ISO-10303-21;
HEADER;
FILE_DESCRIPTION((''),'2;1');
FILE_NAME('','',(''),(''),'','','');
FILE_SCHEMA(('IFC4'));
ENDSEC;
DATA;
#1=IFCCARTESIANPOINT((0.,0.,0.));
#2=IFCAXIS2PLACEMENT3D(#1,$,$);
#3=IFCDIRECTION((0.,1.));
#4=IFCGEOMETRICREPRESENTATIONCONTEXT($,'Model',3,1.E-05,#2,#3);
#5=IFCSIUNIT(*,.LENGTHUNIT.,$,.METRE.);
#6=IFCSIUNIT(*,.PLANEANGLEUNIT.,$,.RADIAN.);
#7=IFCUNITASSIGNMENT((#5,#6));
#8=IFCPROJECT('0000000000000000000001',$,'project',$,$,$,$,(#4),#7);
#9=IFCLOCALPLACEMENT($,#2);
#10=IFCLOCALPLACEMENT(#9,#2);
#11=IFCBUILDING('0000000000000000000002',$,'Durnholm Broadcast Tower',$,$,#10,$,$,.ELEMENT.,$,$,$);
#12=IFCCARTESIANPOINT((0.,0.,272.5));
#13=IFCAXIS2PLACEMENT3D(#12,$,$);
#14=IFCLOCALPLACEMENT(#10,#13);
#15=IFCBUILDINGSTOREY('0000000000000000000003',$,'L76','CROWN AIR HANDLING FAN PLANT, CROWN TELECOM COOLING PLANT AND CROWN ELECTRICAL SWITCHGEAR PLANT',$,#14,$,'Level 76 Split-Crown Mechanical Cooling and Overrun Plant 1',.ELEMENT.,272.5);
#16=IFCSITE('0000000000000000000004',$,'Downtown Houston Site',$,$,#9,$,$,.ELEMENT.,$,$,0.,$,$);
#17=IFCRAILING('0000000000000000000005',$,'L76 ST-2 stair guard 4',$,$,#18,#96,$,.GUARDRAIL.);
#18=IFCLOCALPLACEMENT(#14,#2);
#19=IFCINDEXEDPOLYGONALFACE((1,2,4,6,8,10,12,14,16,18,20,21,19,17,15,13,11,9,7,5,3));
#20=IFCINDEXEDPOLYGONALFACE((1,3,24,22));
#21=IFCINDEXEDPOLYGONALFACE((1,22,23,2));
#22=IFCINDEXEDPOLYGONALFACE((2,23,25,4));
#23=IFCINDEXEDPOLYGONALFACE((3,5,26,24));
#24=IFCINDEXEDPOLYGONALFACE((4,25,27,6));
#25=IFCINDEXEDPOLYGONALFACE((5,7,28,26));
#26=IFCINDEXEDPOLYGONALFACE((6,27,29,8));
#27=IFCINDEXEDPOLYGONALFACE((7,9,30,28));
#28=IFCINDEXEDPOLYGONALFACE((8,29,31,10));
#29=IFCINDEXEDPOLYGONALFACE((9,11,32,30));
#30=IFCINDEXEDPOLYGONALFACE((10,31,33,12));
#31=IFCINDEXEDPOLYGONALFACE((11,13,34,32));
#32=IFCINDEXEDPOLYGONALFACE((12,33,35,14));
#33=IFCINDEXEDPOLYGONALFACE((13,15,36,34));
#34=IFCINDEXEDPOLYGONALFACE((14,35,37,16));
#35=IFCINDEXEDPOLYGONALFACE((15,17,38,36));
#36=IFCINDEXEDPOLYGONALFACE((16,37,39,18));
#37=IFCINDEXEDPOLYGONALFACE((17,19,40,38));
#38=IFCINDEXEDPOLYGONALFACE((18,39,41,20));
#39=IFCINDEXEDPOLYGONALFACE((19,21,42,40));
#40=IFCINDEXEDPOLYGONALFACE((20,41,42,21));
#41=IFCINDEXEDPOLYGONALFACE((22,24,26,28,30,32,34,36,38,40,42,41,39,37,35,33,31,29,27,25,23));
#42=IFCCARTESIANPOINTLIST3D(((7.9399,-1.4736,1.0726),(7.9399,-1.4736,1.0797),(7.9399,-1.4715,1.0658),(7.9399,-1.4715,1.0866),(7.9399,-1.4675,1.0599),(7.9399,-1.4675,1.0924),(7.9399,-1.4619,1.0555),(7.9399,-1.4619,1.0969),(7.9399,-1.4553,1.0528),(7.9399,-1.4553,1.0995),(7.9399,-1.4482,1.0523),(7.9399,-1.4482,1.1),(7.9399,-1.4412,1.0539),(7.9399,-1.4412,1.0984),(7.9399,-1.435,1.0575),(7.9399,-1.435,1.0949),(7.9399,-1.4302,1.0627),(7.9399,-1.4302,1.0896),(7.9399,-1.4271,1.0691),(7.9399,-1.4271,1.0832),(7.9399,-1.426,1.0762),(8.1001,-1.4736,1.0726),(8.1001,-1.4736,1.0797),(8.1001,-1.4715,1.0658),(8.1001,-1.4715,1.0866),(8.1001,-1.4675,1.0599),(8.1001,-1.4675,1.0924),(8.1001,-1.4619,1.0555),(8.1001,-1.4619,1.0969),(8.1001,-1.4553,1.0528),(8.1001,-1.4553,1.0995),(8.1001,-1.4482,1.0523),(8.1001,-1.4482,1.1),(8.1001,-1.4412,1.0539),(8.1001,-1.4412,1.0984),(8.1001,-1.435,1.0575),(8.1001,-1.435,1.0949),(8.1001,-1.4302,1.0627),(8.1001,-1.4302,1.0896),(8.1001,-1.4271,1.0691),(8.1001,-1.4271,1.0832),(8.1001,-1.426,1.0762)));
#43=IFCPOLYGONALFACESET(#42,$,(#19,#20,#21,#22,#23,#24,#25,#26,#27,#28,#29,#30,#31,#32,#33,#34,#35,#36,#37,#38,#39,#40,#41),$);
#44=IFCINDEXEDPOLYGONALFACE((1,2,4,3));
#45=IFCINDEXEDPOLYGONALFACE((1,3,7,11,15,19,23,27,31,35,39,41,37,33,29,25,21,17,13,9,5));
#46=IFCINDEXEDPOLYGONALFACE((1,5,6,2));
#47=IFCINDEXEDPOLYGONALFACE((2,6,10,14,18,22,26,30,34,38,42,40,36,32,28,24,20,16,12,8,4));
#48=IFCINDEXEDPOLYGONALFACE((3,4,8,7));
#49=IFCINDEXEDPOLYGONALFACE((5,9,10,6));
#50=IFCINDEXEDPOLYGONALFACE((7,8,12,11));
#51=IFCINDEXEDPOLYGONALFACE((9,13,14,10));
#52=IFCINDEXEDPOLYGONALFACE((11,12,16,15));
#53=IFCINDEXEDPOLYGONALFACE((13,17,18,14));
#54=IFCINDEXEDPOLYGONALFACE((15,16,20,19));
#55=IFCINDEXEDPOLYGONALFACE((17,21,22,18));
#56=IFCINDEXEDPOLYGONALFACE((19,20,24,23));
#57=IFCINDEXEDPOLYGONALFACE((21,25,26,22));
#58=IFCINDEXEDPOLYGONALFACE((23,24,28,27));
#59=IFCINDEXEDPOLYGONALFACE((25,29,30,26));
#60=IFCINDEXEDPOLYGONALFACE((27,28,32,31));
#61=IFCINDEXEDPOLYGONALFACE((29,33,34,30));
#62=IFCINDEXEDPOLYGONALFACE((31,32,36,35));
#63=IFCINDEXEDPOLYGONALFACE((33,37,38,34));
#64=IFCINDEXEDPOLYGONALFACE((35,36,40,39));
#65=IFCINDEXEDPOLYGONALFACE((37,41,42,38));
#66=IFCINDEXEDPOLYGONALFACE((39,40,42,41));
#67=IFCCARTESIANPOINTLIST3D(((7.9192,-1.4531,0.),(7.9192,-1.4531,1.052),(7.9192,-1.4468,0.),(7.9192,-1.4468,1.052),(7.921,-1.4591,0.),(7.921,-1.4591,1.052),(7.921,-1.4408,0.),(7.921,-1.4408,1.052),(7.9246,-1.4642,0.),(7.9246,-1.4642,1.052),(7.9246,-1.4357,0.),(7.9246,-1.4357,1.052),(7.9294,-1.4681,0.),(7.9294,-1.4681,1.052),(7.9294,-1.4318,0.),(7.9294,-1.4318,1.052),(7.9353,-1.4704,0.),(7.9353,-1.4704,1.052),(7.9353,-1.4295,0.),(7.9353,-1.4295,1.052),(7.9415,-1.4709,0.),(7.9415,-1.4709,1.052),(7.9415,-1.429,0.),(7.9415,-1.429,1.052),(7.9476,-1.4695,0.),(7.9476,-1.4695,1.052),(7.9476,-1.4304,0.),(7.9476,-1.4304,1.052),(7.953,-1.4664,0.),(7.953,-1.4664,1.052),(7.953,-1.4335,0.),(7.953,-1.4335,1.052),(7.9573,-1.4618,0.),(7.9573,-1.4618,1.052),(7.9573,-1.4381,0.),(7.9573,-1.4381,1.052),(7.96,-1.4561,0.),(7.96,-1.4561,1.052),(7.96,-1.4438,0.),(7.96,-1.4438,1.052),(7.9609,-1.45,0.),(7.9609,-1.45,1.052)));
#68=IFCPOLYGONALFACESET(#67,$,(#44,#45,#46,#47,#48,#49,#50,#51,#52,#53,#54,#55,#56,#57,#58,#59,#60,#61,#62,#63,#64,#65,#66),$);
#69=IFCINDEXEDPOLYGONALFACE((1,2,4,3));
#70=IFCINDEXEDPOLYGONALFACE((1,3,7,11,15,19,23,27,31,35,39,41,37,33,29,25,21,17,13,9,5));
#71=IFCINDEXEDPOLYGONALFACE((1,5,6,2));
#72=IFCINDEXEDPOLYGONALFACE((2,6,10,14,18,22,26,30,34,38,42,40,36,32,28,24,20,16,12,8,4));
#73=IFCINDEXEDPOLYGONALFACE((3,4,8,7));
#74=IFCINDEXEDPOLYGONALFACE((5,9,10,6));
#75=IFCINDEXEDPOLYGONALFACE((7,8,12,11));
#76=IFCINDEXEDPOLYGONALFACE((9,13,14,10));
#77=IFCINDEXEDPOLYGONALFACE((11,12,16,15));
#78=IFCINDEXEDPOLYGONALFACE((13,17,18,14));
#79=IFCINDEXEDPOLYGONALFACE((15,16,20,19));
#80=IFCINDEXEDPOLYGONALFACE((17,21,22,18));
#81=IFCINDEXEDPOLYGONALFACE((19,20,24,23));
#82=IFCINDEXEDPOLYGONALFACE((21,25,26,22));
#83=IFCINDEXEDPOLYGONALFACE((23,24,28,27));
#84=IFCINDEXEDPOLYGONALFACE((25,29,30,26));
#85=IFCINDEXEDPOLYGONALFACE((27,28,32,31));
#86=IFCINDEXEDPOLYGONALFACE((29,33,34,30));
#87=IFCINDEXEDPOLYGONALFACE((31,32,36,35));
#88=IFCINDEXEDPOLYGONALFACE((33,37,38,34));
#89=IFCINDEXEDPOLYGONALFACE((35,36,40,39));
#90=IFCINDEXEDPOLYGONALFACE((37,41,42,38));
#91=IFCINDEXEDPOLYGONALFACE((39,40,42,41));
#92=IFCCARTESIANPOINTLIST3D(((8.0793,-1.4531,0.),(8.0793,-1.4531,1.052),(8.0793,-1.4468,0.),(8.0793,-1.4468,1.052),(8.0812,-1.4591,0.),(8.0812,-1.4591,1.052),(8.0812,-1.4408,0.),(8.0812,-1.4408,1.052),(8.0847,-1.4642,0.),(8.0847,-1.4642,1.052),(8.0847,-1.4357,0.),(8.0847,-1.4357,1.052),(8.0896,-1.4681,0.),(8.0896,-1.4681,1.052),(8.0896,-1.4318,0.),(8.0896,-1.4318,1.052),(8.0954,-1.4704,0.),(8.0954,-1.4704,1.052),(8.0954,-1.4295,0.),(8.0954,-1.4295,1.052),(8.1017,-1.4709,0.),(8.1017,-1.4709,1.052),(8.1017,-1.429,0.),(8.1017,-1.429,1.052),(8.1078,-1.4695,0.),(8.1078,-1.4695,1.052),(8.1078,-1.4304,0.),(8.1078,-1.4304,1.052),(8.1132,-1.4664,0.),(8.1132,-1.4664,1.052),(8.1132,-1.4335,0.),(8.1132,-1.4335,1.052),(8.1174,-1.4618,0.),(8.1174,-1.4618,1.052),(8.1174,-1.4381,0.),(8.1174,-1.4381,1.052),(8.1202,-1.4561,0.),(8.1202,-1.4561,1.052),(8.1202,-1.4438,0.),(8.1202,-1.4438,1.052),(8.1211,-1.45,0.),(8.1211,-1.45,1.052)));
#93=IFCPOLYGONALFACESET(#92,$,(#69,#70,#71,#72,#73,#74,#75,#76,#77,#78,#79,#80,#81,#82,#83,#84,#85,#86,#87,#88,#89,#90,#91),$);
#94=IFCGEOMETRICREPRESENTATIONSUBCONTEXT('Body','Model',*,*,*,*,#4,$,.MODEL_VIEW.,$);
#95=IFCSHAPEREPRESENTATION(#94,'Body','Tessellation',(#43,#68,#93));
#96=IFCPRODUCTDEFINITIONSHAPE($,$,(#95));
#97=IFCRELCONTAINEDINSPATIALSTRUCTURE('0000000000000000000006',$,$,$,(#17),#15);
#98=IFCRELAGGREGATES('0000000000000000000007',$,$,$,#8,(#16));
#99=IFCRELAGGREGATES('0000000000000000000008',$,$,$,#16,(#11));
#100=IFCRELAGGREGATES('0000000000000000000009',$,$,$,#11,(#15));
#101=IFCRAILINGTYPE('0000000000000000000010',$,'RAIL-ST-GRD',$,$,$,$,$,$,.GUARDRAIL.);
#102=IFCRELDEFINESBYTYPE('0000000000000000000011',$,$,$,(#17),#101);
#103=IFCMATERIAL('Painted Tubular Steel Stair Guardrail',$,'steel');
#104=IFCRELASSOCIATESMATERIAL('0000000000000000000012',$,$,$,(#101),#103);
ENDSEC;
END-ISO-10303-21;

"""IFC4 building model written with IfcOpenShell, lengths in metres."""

from ifc_helpers import new_model, si_unit, direction, frame, origin, origin_2d, place, context, subcontext, project, spatial, circle, extrude, material, type_object, element, save


model = new_model("IFC4")

# Units and contexts
model_context = context("Model", 3, precision=1e-05, world=origin(), true_north=direction((0.0, 1.0)))
body_context = subcontext(model_context, "Body", "Model", "MODEL_VIEW")
ifc_project = project(units=[si_unit("LENGTHUNIT", "METRE"), si_unit("PLANEANGLEUNIT", "RADIAN")], contexts=[model_context])

# Site, building, storey
site_placement = place(None, origin())
site = spatial("IfcSite", under=ifc_project, at=site_placement, Name="Downtown Houston Site", CompositionType="ELEMENT", RefElevation=0.0)
building_placement = place(site_placement, origin())
building = spatial("IfcBuilding", under=site, at=building_placement, Name="Durnholm Broadcast Tower", CompositionType="ELEMENT")
storey_placement = place(building_placement, frame((0.0, 0.0, 272.5)))
storey = spatial("IfcBuildingStorey", under=building, at=storey_placement, Name="L76", Description="CROWN AIR HANDLING FAN PLANT, CROWN TELECOM COOLING PLANT AND CROWN ELECTRICAL SWITCHGEAR PLANT", LongName="Level 76 Split-Crown Mechanical Cooling and Overrun Plant 1", CompositionType="ELEMENT", Elevation=272.5)

# Railing
ifc_material_1 = material(Name="Painted Tubular Steel Stair Guardrail", Category="steel")
railing_type_1 = type_object("IfcRailingType", Name="RAIL-ST-GRD", PredefinedType="GUARDRAIL", material=ifc_material_1)
railing_1_placement = place(storey_placement, frame((7.9399, -1.45, 0.0)))
element("IfcRailing", 1, at=railing_1_placement, inside=storey, type_object=railing_type_1, Name="L76 ST-2 stair guard 4", PredefinedType="GUARDRAIL", context=body_context, shape_type="SweptSolid", body=[
    extrude(circle(Radius=0.0239, at=origin_2d()), frame((0.0, 0.0, 1.0762), z_axis=(1.0, 0.0, 0.0), x_axis=(0.0, 1.0, 0.0)), (0.0, 0.0, 1.0), 0.1602),
    extrude(circle(Radius=0.021, at=origin_2d()), origin(), (0.0, 0.0, 1.0), 1.052),
    extrude(circle(Radius=0.021, at=origin_2d()), frame((0.1602, 0.0, 0.0)), (0.0, 0.0, 1.0), 1.052),
])

save(model, "model.ifc")
